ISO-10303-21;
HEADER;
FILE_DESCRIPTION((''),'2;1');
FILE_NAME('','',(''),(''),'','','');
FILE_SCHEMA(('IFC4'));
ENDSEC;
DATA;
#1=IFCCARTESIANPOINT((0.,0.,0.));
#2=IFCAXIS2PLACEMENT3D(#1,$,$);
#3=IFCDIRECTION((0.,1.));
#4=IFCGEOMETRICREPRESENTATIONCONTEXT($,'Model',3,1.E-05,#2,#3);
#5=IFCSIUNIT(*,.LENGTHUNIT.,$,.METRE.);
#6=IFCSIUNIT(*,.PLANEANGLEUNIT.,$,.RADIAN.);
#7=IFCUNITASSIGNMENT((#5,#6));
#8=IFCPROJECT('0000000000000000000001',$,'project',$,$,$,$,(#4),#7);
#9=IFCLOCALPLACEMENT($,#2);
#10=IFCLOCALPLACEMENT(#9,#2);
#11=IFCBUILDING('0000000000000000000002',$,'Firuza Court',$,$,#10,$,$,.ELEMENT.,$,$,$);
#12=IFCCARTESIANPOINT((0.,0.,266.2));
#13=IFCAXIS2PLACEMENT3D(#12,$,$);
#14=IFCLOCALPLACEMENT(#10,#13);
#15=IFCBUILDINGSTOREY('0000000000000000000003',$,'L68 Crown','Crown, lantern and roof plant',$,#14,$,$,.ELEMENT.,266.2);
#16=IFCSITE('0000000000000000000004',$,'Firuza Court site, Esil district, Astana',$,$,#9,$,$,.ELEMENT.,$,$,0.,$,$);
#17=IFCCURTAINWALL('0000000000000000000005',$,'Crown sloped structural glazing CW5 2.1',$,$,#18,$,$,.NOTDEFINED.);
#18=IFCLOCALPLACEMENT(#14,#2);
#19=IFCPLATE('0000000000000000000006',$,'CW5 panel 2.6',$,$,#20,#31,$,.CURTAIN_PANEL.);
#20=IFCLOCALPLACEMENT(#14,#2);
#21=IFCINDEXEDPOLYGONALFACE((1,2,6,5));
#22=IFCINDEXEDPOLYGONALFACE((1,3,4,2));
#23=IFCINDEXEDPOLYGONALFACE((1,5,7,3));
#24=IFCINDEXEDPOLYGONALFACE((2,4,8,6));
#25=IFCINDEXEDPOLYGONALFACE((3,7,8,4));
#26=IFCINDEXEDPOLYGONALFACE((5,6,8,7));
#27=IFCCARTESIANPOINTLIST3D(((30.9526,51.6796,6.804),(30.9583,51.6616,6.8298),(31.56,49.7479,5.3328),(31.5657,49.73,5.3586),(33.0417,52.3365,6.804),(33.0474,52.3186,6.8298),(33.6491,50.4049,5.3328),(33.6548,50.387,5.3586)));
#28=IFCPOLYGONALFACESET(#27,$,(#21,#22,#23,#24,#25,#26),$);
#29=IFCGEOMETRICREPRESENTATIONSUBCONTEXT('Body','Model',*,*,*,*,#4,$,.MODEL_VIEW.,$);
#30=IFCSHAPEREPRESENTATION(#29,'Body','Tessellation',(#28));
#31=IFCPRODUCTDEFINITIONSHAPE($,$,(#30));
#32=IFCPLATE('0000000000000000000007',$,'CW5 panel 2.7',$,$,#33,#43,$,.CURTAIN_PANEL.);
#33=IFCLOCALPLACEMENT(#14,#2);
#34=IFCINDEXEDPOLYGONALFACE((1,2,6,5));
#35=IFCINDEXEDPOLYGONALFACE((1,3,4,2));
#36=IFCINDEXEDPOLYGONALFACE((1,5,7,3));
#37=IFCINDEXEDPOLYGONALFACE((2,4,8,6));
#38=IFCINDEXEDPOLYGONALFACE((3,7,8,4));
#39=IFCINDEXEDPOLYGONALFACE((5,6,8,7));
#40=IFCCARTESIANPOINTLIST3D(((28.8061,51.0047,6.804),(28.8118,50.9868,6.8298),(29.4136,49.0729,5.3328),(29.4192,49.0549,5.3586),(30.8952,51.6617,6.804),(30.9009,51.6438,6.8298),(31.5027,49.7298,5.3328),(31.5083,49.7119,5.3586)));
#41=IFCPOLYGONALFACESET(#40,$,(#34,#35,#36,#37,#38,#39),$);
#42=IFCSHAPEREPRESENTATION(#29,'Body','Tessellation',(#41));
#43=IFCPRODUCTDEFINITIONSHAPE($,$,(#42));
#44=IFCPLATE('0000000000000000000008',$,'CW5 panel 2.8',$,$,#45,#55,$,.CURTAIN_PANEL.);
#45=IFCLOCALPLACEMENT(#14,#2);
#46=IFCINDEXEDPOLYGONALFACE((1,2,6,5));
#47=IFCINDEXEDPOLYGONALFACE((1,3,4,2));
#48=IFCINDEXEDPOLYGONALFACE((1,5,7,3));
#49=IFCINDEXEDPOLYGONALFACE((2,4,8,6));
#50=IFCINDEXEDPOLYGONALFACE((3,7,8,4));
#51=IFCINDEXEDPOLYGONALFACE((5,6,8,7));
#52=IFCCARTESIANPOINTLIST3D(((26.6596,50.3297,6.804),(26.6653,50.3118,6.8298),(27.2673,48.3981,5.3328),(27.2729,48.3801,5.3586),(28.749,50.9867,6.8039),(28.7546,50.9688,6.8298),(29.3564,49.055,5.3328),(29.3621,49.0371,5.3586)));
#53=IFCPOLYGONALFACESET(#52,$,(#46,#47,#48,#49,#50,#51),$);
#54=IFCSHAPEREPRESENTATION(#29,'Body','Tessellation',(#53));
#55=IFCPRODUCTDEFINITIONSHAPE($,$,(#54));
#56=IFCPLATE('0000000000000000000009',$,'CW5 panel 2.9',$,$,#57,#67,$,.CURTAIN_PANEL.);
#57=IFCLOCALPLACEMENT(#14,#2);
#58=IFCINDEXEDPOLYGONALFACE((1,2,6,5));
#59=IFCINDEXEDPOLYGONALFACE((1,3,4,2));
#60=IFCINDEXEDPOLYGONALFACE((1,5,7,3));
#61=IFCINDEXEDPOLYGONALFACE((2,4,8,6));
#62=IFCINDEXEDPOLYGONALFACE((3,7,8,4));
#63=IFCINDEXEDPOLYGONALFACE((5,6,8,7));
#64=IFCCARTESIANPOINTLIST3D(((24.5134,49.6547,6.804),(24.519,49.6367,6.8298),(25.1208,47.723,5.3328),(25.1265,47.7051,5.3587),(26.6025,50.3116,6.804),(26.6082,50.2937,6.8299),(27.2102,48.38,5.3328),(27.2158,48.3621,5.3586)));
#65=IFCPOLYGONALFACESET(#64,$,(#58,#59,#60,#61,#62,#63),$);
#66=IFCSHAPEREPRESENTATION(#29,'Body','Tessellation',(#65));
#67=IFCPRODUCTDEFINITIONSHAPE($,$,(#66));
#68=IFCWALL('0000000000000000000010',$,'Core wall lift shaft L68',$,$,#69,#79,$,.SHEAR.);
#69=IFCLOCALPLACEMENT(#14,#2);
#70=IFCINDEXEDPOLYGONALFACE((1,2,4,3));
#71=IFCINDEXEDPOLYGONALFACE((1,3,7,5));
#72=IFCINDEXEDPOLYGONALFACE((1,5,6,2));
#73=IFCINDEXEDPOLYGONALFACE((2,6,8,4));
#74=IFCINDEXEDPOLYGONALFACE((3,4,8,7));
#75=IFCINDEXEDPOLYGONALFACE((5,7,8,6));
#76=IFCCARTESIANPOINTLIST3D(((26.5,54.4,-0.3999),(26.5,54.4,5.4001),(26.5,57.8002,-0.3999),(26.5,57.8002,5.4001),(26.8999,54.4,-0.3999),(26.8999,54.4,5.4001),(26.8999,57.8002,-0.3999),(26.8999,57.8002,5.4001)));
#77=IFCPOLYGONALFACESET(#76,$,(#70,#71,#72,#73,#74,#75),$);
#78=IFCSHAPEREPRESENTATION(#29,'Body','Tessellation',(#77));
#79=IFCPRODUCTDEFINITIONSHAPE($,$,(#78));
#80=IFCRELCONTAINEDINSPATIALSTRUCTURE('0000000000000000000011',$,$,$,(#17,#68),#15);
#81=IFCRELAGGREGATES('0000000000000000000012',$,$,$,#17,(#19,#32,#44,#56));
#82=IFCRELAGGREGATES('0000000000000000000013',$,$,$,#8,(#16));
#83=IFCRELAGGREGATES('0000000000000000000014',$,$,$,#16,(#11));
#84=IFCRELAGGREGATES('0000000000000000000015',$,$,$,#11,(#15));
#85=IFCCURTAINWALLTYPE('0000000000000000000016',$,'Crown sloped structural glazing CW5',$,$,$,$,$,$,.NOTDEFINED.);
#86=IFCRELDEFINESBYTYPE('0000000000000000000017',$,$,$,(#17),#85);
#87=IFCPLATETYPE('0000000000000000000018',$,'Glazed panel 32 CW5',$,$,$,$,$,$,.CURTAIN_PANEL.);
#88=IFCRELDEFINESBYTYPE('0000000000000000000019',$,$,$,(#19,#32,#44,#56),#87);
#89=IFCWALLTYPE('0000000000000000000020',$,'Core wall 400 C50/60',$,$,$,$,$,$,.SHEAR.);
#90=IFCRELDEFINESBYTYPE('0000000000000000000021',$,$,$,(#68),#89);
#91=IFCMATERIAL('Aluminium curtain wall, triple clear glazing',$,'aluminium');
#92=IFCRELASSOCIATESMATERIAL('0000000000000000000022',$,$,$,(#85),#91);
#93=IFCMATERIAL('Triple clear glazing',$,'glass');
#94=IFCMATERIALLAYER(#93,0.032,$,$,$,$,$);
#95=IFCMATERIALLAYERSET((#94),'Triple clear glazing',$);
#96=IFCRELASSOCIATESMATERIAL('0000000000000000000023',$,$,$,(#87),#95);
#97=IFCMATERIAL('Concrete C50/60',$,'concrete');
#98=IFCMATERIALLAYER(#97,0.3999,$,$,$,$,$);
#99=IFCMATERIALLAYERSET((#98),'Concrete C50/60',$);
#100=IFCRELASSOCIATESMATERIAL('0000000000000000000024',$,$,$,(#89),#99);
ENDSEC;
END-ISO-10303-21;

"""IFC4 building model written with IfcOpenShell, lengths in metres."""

from ifc_helpers import new_model, si_unit, direction, frame, frame_2d, origin, place, context, subcontext, project, spatial, polyline, rectangle, outline, extrude, material, layer, layer_set, type_object, element, aggregate, save


model = new_model("IFC4")

# Units and contexts
model_context = context("Model", 3, precision=1e-05, world=origin(), true_north=direction((0.0, 1.0)))
body_context = subcontext(model_context, "Body", "Model", "MODEL_VIEW")
ifc_project = project(units=[si_unit("LENGTHUNIT", "METRE"), si_unit("PLANEANGLEUNIT", "RADIAN")], contexts=[model_context])

# Site, building, storey
site_placement = place(None, origin())
site = spatial("IfcSite", under=ifc_project, at=site_placement, Name="Firuza Court site, Esil district, Astana", CompositionType="ELEMENT", RefElevation=0.0)
building_placement = place(site_placement, origin())
building = spatial("IfcBuilding", under=site, at=building_placement, Name="Firuza Court", CompositionType="ELEMENT")
storey_placement = place(building_placement, frame((0.0, 0.0, 266.2)))
storey = spatial("IfcBuildingStorey", under=building, at=storey_placement, Name="L68 Crown", Description="Crown, lantern and roof plant", CompositionType="ELEMENT", Elevation=266.2)

# Curtain wall
ifc_material_1 = material(Name="Aluminium curtain wall, triple clear glazing", Category="aluminium")
curtain_wall_type = type_object("IfcCurtainWallType", Name="Crown sloped structural glazing CW5", PredefinedType="NOTDEFINED", material=ifc_material_1)
curtain_wall_1_placement = place(storey_placement, origin())
curtain_wall_1 = element("IfcCurtainWall", 1, at=curtain_wall_1_placement, inside=storey, type_object=curtain_wall_type, Name="Crown sloped structural glazing CW5 2.1", PredefinedType="NOTDEFINED")

# Plates
ifc_material_2 = material(Name="Triple clear glazing", Category="glass")
ifc_layer_1 = layer(ifc_material_2, 0.032)
ifc_layer_set_1 = layer_set([ifc_layer_1], Name="Triple clear glazing")
plate_type = type_object("IfcPlateType", Name="Glazed panel 32 CW5", PredefinedType="CURTAIN_PANEL", material=ifc_layer_set_1)
plate_1_placement = place(storey_placement, frame((33.6548, 50.387, 5.3586), z_axis=(0.176334, -0.560717, 0.809013), x_axis=(-0.953941, -0.299995, 0.0)))
plate_1 = element("IfcPlate", 2, at=plate_1_placement, type_object=plate_type, Name="CW5 panel 2.6", PredefinedType="CURTAIN_PANEL", context=body_context, shape_type="SweptSolid", body=[
    extrude(outline(polyline([(0.0, 0.0), (2.19, 0.0), (2.1899, -2.5029), (0.0, -2.5029), (0.0, 0.0)])), origin(), (0.0, 0.0, -1.0), 0.032),
])
plate_2_placement = place(storey_placement, frame((31.5083, 49.7119, 5.3586), z_axis=(0.176321, -0.560675, 0.809045), x_axis=(-0.953941, -0.299995, 0.0)))
plate_2 = element("IfcPlate", 3, at=plate_2_placement, type_object=plate_type, Name="CW5 panel 2.7", PredefinedType="CURTAIN_PANEL", context=body_context, shape_type="SweptSolid", body=[
    extrude(outline(polyline([(0.0, 0.0), (2.19, 0.0), (2.1899, -2.5031), (-0.0001, -2.5031), (0.0, 0.0)])), origin(), (0.0, 0.0, -1.0), 0.032),
])
plate_3_placement = place(storey_placement, frame((29.3621, 49.0371, 5.3586), z_axis=(0.176323, -0.560714, 0.809018), x_axis=(-0.953943, -0.299989, -0.000008)))
plate_3 = element("IfcPlate", 4, at=plate_3_placement, type_object=plate_type, Name="CW5 panel 2.8", PredefinedType="CURTAIN_PANEL", context=body_context, shape_type="SweptSolid", body=[
    extrude(outline(polyline([(0.0, 0.0), (2.19, 0.0), (2.1902, -2.503), (0.0, -2.5029), (0.0, 0.0)])), origin(), (0.0, 0.0, -1.0), 0.032),
])
plate_4_placement = place(storey_placement, frame((27.2158, 48.3621, 5.3586), z_axis=(0.176323, -0.560714, 0.809018), x_axis=(-0.953949, -0.299968, 0.000008)))
plate_4 = element("IfcPlate", 5, at=plate_4_placement, type_object=plate_type, Name="CW5 panel 2.9", PredefinedType="CURTAIN_PANEL", context=body_context, shape_type="SweptSolid", body=[
    extrude(outline(polyline([(0.0, 0.0), (2.1902, 0.0), (2.1902, -2.5029), (0.0003, -2.503), (0.0, 0.0)])), origin(), (0.0, 0.0, -1.0), 0.032),
])
aggregate(curtain_wall_1, [plate_1, plate_2, plate_3, plate_4])

# Wall
ifc_material_3 = material(Name="Concrete C50/60", Category="concrete")
ifc_layer_2 = layer(ifc_material_3, 0.3999)
ifc_layer_set_2 = layer_set([ifc_layer_2], Name="Concrete C50/60")
wall_type = type_object("IfcWallType", Name="Core wall 400 C50/60", PredefinedType="SHEAR", material=ifc_layer_set_2)
wall_placement = place(storey_placement, frame((26.7, 54.3999, -0.3999), z_axis=(0.0, 0.0, 1.0), x_axis=(0.0, 1.0, 0.0)))
element("IfcWall", 6, at=wall_placement, inside=storey, type_object=wall_type, Name="Core wall lift shaft L68", PredefinedType="SHEAR", context=body_context, shape_type="SweptSolid", body=[
    extrude(rectangle(XDim=3.4001, YDim=0.3999, at=frame_2d((1.7002, 0.0))), origin(), (0.0, 0.0, 1.0), 5.8),
])

save(model, "model.ifc")
